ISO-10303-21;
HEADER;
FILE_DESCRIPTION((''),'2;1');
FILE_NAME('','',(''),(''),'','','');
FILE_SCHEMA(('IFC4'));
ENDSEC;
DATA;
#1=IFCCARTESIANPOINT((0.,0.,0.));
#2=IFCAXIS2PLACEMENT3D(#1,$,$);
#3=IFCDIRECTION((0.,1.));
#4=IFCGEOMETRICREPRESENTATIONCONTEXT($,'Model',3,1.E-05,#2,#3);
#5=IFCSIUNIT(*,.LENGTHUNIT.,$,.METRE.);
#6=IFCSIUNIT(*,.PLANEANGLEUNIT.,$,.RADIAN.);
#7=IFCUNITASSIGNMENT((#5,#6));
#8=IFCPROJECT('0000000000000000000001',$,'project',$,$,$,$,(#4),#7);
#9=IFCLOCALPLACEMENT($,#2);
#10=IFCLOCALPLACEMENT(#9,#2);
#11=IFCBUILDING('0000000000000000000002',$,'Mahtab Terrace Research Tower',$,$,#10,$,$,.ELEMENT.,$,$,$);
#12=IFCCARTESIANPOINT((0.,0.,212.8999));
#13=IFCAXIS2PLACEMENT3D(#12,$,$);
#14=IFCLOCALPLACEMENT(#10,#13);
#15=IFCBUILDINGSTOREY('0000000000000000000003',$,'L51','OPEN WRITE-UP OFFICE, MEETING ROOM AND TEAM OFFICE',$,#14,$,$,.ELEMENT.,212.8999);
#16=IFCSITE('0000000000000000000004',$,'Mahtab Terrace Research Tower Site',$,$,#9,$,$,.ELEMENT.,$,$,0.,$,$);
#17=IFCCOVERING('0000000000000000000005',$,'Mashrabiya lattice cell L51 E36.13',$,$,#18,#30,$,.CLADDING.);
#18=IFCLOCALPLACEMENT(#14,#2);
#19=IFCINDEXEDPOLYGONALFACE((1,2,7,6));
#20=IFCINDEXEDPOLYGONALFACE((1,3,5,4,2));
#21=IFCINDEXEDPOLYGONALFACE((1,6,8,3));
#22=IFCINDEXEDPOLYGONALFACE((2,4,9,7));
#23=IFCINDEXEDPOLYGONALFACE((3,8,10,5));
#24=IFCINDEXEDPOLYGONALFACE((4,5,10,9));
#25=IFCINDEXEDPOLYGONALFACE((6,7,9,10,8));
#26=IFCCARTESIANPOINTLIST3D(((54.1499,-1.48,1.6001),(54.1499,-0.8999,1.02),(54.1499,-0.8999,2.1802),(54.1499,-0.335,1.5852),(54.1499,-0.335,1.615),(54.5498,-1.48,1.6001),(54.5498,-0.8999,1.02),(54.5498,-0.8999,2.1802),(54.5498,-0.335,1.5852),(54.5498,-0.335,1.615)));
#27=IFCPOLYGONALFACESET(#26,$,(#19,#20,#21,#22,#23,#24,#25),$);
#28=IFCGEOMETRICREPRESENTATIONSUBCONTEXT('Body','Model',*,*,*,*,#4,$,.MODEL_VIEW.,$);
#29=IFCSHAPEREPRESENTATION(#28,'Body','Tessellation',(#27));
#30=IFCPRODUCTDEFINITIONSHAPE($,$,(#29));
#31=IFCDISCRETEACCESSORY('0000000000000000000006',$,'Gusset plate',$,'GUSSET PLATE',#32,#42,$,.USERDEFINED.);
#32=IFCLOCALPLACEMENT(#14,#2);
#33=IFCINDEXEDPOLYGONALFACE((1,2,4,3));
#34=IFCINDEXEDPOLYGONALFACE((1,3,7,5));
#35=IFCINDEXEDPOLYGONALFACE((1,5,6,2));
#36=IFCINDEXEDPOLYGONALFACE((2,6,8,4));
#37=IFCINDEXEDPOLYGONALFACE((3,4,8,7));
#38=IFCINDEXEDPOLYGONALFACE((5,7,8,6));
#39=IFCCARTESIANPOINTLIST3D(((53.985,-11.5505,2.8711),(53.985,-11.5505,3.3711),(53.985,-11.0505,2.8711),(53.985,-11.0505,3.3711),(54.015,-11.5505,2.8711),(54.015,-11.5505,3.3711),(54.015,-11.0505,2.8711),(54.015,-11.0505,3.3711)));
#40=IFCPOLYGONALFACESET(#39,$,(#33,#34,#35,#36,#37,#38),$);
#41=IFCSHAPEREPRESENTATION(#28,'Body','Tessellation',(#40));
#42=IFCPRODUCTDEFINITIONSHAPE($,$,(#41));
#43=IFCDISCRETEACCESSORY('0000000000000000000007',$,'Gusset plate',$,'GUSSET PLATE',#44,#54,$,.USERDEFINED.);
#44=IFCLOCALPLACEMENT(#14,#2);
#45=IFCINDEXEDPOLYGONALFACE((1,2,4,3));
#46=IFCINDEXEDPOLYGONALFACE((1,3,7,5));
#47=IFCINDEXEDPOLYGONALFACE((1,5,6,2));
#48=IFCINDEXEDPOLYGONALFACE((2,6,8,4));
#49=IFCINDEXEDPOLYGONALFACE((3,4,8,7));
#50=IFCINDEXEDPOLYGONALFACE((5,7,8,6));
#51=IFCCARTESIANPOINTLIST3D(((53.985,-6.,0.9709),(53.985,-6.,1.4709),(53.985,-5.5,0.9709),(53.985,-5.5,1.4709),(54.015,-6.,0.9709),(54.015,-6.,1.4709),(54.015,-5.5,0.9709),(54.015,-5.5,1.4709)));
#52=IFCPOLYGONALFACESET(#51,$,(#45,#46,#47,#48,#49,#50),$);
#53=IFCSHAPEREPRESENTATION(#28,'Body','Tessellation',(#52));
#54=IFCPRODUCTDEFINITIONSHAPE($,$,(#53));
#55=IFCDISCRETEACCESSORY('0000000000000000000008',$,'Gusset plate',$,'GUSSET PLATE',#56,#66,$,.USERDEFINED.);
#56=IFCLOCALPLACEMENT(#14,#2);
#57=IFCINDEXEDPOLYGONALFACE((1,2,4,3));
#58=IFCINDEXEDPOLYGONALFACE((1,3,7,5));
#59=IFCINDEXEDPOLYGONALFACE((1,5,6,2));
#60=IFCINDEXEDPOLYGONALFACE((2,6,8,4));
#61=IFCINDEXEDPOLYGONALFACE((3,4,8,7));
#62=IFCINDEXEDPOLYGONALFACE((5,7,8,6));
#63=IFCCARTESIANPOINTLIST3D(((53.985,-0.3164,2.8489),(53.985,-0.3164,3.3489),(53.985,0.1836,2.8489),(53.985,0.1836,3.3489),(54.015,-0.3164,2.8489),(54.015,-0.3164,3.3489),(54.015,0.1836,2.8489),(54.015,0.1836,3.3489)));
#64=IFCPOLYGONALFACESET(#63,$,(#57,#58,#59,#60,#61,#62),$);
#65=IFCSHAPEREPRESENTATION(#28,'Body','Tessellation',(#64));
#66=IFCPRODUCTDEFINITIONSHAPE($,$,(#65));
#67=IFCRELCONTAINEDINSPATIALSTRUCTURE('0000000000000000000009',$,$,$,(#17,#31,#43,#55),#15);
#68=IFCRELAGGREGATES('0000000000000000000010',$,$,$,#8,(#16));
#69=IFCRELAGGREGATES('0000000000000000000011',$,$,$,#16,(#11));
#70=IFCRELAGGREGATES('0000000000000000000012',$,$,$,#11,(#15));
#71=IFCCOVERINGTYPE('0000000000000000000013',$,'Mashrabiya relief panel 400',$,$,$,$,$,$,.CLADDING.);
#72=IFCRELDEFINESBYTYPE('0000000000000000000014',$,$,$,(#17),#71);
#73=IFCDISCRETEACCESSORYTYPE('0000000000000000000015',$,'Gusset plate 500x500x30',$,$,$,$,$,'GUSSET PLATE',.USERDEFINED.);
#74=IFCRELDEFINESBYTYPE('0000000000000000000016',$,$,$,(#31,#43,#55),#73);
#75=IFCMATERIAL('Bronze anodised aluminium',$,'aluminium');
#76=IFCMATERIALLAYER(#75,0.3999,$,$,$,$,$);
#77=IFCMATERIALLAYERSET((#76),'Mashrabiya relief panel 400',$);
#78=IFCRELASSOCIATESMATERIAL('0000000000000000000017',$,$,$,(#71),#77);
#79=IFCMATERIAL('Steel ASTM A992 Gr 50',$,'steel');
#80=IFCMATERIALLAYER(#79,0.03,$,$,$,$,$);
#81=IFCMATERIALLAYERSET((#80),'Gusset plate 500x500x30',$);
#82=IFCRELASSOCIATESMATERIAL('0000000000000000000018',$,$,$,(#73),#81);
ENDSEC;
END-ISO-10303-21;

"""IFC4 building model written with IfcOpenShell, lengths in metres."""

from ifc_helpers import new_model, si_unit, direction, frame, origin, origin_2d, place, context, subcontext, project, spatial, polyline, rectangle, outline, extrude, material, layer, layer_set, type_object, element, save


model = new_model("IFC4")

# Units and contexts
model_context = context("Model", 3, precision=1e-05, world=origin(), true_north=direction((0.0, 1.0)))
body_context = subcontext(model_context, "Body", "Model", "MODEL_VIEW")
ifc_project = project(units=[si_unit("LENGTHUNIT", "METRE"), si_unit("PLANEANGLEUNIT", "RADIAN")], contexts=[model_context])

# Site, building, storey
site_placement = place(None, origin())
site = spatial("IfcSite", under=ifc_project, at=site_placement, Name="Mahtab Terrace Research Tower Site", CompositionType="ELEMENT", RefElevation=0.0)
building_placement = place(site_placement, origin())
building = spatial("IfcBuilding", under=site, at=building_placement, Name="Mahtab Terrace Research Tower", CompositionType="ELEMENT")
storey_placement = place(building_placement, frame((0.0, 0.0, 212.8999)))
storey = spatial("IfcBuildingStorey", under=building, at=storey_placement, Name="L51", Description="OPEN WRITE-UP OFFICE, MEETING ROOM AND TEAM OFFICE", CompositionType="ELEMENT", Elevation=212.8999)

# Shared definitions
ifc_material_1 = material(Name="Steel ASTM A992 Gr 50", Category="steel")

# Covering
ifc_material_2 = material(Name="Bronze anodised aluminium", Category="aluminium")
ifc_layer_1 = layer(ifc_material_2, 0.3999)
ifc_layer_set_1 = layer_set([ifc_layer_1], Name="Mashrabiya relief panel 400")
covering_type = type_object("IfcCoveringType", Name="Mashrabiya relief panel 400", PredefinedType="CLADDING", material=ifc_layer_set_1)
covering_1_placement = place(storey_placement, frame((54.1499, -0.8999, 1.02), z_axis=(-1.0, 0.0, 0.0), x_axis=(0.0, -0.707107, 0.707107)))
element("IfcCovering", 1, at=covering_1_placement, inside=storey, type_object=covering_type, Name="Mashrabiya lattice cell L51 E36.13", PredefinedType="CLADDING", context=body_context, shape_type="SweptSolid", body=[
    extrude(outline(polyline([(0.0, 0.0), (0.8204, 0.0), (0.8204, 0.8204), (0.0212, 0.8202), (0.0002, 0.7991), (0.0, 0.0)])), origin(), (0.0, 0.0, -1.0), 0.3999),
])

# Discrete accessories
ifc_layer_2 = layer(ifc_material_1, 0.03)
ifc_layer_set_2 = layer_set([ifc_layer_2], Name="Gusset plate 500x500x30")
discrete_accessory_type = type_object("IfcDiscreteAccessoryType", Name="Gusset plate 500x500x30", ElementType="GUSSET PLATE", PredefinedType="USERDEFINED", material=ifc_layer_set_2)
for number, where, z_axis, x_axis, name in (
    (2, (54.0, -11.3005, 2.8711), (0.0, 0.0, 1.0), (0.0, 1.0, 0.0), "Gusset plate"),
    (3, (54.0, -5.75, 0.9709), (0.0, 0.0, 1.0), (0.0, 1.0, 0.0), "Gusset plate"),
    (4, (54.0, -0.0664, 2.8489), (0.0, 0.0, 1.0), (0.0, 1.0, 0.0), "Gusset plate"),
):
    element("IfcDiscreteAccessory", number, at=place(storey_placement, frame(where, z_axis=z_axis, x_axis=x_axis)), inside=storey, type_object=discrete_accessory_type, Name=name, ObjectType="GUSSET PLATE", PredefinedType="USERDEFINED", context=body_context, shape_type="SweptSolid", body=[
        extrude(rectangle(XDim=0.5, YDim=0.03, at=origin_2d()), origin(), (0.0, 0.0, 1.0), 0.5),
    ])

save(model, "model.ifc")
